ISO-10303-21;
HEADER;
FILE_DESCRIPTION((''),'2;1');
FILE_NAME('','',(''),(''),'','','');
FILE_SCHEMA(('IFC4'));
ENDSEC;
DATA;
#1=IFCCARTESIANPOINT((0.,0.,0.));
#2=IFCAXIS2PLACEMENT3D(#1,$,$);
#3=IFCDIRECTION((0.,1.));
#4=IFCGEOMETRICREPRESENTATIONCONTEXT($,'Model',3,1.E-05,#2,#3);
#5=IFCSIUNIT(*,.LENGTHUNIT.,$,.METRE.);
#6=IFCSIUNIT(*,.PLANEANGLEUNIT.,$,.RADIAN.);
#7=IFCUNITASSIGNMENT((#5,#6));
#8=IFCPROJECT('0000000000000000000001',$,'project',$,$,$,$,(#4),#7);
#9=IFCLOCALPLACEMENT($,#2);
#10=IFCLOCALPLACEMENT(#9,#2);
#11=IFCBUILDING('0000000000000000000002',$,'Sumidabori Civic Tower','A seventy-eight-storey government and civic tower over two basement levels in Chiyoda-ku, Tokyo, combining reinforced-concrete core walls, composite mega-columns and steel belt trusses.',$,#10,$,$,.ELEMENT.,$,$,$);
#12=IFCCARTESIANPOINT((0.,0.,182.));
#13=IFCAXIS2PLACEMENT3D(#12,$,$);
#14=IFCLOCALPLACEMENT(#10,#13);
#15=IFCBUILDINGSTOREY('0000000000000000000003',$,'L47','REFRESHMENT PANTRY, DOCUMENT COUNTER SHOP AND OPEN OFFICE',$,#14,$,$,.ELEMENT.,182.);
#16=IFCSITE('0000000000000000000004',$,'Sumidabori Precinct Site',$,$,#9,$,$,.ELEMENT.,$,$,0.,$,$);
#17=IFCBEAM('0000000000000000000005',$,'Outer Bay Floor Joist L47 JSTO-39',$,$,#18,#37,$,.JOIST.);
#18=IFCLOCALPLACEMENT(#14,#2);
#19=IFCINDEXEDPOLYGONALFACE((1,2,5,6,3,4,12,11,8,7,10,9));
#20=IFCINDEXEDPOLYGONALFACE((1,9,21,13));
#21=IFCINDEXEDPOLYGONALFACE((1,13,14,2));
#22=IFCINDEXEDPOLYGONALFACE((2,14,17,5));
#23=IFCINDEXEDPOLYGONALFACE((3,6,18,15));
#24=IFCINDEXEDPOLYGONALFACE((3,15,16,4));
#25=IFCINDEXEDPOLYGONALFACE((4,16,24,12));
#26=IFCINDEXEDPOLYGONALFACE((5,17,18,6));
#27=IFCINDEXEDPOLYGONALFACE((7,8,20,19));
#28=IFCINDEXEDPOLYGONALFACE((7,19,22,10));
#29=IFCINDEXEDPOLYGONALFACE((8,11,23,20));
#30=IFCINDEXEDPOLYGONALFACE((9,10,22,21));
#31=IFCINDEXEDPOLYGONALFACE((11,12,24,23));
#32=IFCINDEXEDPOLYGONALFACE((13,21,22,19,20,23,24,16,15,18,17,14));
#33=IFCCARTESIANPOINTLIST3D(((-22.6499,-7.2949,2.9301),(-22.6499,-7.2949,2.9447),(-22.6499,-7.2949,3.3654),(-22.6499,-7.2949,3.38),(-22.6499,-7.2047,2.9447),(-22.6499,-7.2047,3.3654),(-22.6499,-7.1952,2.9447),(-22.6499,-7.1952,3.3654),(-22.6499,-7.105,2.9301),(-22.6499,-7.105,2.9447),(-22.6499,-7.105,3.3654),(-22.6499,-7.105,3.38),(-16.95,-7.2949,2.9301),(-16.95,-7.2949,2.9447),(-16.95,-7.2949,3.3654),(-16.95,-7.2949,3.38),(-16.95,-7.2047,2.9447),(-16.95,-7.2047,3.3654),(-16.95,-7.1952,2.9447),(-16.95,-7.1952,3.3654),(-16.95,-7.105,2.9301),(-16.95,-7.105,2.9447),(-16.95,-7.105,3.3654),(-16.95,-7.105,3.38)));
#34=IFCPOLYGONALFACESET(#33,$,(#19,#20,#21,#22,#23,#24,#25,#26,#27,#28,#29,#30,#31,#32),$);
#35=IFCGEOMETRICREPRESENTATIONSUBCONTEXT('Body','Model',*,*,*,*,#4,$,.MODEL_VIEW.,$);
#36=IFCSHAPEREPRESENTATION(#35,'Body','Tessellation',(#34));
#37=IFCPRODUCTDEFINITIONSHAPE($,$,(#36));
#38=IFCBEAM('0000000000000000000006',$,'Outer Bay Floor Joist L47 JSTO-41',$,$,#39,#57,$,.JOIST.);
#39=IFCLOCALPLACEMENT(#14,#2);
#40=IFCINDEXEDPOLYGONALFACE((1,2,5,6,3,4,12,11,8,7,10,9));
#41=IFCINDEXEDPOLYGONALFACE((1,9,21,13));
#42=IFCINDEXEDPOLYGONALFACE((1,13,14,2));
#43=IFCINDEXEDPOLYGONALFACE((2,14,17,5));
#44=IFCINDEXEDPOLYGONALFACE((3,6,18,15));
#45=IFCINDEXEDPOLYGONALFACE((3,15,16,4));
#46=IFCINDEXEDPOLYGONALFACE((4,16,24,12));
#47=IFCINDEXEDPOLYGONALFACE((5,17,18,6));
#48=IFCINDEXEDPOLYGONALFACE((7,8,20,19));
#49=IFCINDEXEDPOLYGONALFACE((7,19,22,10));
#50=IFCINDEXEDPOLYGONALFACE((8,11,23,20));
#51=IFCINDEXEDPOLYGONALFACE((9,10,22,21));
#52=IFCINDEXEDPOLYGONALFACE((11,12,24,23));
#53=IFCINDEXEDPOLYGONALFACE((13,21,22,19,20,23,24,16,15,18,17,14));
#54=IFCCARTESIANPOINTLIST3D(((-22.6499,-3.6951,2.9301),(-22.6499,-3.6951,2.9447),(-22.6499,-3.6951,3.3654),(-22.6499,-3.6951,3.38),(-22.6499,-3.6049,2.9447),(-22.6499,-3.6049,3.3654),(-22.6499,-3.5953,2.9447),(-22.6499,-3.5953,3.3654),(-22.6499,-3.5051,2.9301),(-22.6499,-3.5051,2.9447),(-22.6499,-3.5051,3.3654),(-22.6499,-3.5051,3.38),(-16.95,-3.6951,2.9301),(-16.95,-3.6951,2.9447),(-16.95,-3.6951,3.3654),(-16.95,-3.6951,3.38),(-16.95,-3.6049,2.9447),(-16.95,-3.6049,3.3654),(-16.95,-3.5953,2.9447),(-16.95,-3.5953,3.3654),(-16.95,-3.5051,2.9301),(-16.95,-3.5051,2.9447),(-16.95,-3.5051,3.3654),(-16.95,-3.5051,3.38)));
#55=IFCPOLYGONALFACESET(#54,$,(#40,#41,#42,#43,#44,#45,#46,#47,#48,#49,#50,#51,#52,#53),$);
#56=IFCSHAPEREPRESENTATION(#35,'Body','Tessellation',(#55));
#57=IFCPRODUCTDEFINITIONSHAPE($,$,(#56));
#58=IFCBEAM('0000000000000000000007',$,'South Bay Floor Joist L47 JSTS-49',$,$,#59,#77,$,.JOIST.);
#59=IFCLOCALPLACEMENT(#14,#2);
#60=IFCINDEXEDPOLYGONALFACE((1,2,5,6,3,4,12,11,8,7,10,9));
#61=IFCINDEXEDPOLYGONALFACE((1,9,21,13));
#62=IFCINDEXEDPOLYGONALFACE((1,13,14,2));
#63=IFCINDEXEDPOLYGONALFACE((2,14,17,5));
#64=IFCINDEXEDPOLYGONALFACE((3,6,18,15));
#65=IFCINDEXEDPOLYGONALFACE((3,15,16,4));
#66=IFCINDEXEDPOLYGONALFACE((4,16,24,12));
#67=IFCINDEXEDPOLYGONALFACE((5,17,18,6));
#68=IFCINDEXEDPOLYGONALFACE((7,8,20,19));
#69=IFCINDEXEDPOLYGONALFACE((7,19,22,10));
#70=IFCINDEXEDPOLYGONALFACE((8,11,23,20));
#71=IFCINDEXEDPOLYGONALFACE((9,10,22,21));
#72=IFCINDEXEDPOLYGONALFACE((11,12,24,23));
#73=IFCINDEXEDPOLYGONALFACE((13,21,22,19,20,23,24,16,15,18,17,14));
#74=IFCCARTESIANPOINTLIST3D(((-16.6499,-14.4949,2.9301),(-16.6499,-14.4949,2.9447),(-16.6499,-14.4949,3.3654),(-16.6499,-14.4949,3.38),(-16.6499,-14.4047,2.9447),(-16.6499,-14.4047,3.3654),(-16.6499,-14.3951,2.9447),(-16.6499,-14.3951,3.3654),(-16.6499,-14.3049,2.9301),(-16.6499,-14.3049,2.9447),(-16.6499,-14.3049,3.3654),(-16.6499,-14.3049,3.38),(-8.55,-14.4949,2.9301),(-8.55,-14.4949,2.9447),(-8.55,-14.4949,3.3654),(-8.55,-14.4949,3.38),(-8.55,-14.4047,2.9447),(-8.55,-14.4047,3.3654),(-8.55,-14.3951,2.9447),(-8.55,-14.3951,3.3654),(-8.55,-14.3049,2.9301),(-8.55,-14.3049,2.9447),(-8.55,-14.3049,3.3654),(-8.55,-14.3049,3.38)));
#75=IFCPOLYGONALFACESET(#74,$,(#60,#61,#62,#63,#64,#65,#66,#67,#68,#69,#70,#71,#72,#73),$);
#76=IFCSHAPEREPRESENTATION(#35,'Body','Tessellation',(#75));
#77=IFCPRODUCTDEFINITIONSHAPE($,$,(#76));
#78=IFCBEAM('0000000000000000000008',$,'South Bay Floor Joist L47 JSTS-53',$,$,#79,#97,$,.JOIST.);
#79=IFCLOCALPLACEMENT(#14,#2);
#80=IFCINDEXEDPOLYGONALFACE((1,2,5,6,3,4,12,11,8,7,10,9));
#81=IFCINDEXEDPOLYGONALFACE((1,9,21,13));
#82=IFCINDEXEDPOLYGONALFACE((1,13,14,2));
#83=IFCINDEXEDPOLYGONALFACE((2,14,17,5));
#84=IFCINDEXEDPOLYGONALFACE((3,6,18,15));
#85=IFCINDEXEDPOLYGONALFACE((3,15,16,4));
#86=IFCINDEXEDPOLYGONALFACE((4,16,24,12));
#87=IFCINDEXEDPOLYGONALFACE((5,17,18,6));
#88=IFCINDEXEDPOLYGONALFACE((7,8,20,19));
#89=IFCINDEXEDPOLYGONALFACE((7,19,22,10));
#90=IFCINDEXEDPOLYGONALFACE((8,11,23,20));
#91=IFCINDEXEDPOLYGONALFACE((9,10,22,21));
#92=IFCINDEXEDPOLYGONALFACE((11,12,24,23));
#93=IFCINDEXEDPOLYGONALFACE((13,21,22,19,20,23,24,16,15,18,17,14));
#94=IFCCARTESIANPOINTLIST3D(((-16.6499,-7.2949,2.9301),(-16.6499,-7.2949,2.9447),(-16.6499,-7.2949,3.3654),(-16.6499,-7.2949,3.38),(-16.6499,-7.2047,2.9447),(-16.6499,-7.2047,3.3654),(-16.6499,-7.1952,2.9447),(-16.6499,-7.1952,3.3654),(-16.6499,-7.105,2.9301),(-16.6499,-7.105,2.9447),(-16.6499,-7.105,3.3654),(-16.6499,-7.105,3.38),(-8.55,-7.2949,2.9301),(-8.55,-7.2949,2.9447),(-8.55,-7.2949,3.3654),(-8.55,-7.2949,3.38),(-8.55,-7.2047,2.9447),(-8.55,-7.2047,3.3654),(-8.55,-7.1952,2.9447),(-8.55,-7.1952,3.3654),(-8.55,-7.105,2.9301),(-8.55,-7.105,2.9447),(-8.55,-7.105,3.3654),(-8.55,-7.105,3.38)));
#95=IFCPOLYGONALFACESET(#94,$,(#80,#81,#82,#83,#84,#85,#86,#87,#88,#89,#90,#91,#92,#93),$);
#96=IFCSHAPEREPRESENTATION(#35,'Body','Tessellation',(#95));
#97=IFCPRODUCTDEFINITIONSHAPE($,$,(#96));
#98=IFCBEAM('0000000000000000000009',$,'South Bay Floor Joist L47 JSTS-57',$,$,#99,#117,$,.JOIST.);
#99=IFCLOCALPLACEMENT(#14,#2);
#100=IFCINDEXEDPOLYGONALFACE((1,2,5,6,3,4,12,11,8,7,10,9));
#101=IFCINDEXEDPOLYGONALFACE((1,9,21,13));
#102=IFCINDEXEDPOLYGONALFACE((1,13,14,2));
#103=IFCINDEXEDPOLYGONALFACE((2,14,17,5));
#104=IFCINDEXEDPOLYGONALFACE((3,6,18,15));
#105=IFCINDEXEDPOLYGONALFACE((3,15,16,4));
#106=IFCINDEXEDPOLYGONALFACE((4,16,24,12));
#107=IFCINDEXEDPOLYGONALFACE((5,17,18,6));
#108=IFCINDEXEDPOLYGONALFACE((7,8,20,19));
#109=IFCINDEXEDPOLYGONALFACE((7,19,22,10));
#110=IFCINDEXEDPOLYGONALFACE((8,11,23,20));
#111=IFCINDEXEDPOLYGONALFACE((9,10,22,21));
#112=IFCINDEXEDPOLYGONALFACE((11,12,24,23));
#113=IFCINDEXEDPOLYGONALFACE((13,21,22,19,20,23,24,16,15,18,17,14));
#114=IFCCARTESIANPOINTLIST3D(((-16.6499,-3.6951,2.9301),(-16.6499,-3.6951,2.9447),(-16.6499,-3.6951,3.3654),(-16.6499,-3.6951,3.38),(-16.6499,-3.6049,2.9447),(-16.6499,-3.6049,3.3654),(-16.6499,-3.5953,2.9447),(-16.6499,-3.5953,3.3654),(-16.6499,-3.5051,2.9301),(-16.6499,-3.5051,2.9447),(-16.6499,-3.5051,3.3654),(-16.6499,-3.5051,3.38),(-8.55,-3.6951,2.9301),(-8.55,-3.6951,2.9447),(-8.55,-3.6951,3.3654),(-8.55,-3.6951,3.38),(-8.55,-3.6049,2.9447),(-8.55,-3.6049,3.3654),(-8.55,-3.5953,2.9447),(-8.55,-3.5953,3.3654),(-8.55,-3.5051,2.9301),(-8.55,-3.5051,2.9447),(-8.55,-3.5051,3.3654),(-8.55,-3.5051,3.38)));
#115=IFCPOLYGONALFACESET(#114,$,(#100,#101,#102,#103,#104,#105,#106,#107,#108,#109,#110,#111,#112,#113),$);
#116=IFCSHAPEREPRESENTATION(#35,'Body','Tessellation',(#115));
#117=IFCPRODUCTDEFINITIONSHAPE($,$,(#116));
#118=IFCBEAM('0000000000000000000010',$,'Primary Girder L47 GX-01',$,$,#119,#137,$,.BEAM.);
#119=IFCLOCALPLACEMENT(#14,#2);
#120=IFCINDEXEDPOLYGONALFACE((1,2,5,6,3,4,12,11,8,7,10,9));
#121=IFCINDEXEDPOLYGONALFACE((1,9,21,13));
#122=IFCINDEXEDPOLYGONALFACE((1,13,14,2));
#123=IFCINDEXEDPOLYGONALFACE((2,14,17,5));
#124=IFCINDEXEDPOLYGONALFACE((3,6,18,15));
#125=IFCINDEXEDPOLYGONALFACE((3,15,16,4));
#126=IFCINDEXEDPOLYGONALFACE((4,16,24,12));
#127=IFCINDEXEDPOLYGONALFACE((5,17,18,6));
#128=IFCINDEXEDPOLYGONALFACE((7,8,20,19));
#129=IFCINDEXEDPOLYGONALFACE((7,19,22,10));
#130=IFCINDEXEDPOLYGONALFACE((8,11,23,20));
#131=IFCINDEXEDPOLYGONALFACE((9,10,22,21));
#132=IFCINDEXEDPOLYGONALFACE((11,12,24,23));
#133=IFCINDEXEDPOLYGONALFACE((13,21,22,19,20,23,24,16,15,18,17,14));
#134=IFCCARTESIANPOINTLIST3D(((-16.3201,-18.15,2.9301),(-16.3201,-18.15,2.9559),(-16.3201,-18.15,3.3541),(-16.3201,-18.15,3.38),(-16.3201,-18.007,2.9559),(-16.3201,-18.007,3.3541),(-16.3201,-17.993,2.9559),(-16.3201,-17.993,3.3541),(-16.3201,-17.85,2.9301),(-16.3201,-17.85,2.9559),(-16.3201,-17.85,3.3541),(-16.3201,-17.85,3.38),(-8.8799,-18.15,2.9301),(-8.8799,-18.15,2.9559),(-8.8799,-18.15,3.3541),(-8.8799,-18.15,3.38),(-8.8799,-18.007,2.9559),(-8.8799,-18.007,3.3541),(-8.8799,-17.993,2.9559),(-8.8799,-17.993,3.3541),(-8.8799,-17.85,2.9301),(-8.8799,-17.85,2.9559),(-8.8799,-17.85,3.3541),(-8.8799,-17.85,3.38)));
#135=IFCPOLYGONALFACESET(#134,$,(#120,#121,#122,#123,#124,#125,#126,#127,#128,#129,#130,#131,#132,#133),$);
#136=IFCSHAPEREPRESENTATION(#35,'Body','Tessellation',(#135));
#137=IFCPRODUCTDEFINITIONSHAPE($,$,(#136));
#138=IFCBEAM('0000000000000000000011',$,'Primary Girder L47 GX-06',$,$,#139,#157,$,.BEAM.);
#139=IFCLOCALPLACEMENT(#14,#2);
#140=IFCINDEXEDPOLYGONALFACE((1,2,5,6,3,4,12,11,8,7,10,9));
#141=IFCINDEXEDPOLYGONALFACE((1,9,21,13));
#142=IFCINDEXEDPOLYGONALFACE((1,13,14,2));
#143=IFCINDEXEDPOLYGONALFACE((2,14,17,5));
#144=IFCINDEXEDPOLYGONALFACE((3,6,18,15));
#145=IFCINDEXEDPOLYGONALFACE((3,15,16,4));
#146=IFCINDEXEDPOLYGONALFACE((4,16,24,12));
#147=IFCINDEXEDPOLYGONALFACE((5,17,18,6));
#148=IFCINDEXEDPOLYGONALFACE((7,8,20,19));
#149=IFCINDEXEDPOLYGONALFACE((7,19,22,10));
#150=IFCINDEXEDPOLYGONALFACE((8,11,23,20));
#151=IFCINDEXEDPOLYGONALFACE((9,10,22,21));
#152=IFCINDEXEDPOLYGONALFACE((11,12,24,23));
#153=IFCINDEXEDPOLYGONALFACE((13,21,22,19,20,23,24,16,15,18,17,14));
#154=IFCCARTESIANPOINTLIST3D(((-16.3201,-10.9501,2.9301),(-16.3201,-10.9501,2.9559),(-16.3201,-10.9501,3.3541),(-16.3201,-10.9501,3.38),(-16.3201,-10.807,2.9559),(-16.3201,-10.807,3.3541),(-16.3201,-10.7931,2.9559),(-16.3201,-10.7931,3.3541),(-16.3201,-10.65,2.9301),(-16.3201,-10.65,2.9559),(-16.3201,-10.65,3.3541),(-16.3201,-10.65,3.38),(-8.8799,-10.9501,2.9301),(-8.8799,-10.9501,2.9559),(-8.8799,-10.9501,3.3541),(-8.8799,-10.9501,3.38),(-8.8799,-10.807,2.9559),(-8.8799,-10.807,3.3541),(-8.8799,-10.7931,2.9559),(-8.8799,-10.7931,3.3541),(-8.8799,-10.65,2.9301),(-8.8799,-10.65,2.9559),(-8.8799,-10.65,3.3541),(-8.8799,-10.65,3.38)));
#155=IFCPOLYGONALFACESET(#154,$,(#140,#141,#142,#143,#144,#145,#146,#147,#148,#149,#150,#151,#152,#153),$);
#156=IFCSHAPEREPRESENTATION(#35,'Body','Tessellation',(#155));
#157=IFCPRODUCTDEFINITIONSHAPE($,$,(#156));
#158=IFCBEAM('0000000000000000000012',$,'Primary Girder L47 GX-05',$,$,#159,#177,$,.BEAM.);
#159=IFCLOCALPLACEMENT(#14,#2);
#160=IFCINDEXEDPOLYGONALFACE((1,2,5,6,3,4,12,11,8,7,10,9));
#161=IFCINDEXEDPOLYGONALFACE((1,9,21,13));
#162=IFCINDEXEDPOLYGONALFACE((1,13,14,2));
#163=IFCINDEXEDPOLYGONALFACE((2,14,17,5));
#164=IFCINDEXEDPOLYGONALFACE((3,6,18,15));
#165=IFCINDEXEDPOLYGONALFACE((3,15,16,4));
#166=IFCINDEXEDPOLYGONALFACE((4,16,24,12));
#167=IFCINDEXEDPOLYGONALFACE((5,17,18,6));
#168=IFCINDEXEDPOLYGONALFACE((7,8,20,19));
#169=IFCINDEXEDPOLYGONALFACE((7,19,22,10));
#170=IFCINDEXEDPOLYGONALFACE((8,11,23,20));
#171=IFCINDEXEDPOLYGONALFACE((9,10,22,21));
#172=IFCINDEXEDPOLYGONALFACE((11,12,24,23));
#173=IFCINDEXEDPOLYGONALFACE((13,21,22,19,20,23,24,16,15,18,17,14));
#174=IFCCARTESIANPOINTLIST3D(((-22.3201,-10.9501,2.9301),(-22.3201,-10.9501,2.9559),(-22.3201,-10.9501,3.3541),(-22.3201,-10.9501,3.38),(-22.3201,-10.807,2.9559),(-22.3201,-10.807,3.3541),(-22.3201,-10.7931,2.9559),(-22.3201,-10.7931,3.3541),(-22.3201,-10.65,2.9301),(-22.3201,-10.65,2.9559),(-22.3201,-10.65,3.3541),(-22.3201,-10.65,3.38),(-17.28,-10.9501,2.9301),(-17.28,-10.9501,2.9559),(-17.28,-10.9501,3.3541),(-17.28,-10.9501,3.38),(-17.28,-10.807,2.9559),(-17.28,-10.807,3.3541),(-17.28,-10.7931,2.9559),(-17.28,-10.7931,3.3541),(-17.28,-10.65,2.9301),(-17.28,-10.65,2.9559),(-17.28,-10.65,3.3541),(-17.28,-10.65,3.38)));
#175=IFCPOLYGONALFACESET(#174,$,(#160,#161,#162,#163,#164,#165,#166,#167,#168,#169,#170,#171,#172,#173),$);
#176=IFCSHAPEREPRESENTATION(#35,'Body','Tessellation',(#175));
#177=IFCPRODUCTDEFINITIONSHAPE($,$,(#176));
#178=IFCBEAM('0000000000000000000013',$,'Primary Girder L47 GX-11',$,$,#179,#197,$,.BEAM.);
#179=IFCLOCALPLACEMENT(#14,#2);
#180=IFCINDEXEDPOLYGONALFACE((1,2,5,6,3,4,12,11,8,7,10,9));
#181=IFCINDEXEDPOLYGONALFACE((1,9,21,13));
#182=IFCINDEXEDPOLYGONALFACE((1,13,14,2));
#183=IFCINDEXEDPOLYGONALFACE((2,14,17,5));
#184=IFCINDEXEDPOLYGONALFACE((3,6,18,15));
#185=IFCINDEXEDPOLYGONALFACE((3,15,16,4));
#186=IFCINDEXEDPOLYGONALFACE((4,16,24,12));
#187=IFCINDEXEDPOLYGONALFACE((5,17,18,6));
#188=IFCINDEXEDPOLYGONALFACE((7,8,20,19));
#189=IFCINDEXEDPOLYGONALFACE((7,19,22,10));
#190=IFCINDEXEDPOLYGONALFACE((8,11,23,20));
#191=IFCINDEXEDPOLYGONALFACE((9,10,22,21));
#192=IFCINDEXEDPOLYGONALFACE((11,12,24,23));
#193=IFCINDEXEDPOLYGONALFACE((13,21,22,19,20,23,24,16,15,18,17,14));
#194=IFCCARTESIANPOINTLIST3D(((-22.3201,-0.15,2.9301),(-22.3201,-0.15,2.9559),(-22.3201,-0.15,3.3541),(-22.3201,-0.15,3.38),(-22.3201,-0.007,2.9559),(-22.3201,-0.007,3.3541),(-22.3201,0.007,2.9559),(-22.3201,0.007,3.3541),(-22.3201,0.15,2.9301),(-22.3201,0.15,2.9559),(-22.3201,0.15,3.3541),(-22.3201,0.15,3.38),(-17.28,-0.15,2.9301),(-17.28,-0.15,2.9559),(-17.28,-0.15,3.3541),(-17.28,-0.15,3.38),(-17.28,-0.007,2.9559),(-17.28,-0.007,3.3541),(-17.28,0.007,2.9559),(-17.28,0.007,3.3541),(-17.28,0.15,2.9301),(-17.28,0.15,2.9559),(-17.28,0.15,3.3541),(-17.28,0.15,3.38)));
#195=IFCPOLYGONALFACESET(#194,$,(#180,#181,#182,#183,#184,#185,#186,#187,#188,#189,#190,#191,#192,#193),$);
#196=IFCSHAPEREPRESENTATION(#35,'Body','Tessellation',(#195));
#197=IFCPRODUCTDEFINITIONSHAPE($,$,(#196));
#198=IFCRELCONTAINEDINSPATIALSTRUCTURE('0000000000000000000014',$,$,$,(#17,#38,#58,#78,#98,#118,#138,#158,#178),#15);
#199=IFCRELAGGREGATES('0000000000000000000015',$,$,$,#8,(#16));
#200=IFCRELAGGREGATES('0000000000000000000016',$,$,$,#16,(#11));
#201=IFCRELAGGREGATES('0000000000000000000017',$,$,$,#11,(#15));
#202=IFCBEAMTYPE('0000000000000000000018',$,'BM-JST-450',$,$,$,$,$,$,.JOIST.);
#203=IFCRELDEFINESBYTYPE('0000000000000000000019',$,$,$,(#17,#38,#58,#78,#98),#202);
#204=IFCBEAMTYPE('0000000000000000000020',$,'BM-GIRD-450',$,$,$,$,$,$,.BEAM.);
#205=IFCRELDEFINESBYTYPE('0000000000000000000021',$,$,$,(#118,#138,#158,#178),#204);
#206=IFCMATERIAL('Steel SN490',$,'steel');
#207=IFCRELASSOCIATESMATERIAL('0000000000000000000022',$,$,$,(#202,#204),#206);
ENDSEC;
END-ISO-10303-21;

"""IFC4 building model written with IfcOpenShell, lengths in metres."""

from ifc_helpers import new_model, si_unit, direction, frame, origin, origin_2d, place, context, subcontext, project, spatial, i_section, extrude, source, transform, mapped, material, material_profile, profile_set, type_object, element, save


model = new_model("IFC4")

# Units and contexts
model_context = context("Model", 3, precision=1e-05, world=origin(), true_north=direction((0.0, 1.0)))
body_context = subcontext(model_context, "Body", "Model", "MODEL_VIEW")
ifc_project = project(units=[si_unit("LENGTHUNIT", "METRE"), si_unit("PLANEANGLEUNIT", "RADIAN")], contexts=[model_context])

# Site, building, storey
site_placement = place(None, origin())
site = spatial("IfcSite", under=ifc_project, at=site_placement, Name="Sumidabori Precinct Site", CompositionType="ELEMENT", RefElevation=0.0)
building_placement = place(site_placement, origin())
building = spatial("IfcBuilding", under=site, at=building_placement, Name="Sumidabori Civic Tower", Description="A seventy-eight-storey government and civic tower over two basement levels in Chiyoda-ku, Tokyo, combining reinforced-concrete core walls, composite mega-columns and steel belt trusses.", CompositionType="ELEMENT")
storey_placement = place(building_placement, frame((0.0, 0.0, 182.0)))
storey = spatial("IfcBuildingStorey", under=building, at=storey_placement, Name="L47", Description="REFRESHMENT PANTRY, DOCUMENT COUNTER SHOP AND OPEN OFFICE", CompositionType="ELEMENT", Elevation=182.0)

# Beams
ifc_material_1 = material(Name="Steel SN490", Category="steel")
ifc_material_profile_1 = material_profile(ifc_material_1, i_section(OverallWidth=0.1899, OverallDepth=0.45, WebThickness=0.0095, FlangeThickness=0.0146, at=origin_2d()), Name="IPE 450")
ifc_profile_set_1 = profile_set([ifc_material_profile_1], Name="Steel SN490")
beam_type_1 = type_object("IfcBeamType", Name="BM-JST-450", PredefinedType="JOIST", material=ifc_profile_set_1)
shared_shape_1 = source(origin(), body_context, "Body", "SweptSolid", [
    extrude(i_section(OverallWidth=0.1899, OverallDepth=0.45, WebThickness=0.0095, FlangeThickness=0.0146, at=origin_2d()), origin(), (0.0, 0.0, 1.0), 5.7),
])
for number, where, z_axis, x_axis, name in (
    (1, (-22.6499, -7.2, 3.155), (1.0, 0.0, 0.0), (0.0, 1.0, 0.0), "Outer Bay Floor Joist L47 JSTO-39"),
    (2, (-22.6499, -3.6001, 3.155), (1.0, 0.0, 0.0), (0.0, 1.0, 0.0), "Outer Bay Floor Joist L47 JSTO-41"),
):
    element("IfcBeam", number, at=place(storey_placement, frame(where, z_axis=z_axis, x_axis=x_axis)), inside=storey, type_object=beam_type_1, Name=name, PredefinedType="JOIST", context=body_context, shape_type="MappedRepresentation", body=[
        mapped(shared_shape_1, transform((0.0, 0.0, 0.0), x_axis=(1.0, 0.0, 0.0), y_axis=(0.0, 1.0, 0.0), z_axis=(0.0, 0.0, 1.0), scale=1.0)),
    ])
shared_shape_2 = source(origin(), body_context, "Body", "SweptSolid", [
    extrude(i_section(OverallWidth=0.1899, OverallDepth=0.45, WebThickness=0.0095, FlangeThickness=0.0146, at=origin_2d()), origin(), (0.0, 0.0, 1.0), 8.0999),
])
for number, where, z_axis, x_axis, name in (
    (3, (-16.6499, -14.3999, 3.155), (1.0, 0.0, 0.0), (0.0, 1.0, 0.0), "South Bay Floor Joist L47 JSTS-49"),
    (4, (-16.6499, -7.2, 3.155), (1.0, 0.0, 0.0), (0.0, 1.0, 0.0), "South Bay Floor Joist L47 JSTS-53"),
    (5, (-16.6499, -3.6001, 3.155), (1.0, 0.0, 0.0), (0.0, 1.0, 0.0), "South Bay Floor Joist L47 JSTS-57"),
):
    element("IfcBeam", number, at=place(storey_placement, frame(where, z_axis=z_axis, x_axis=x_axis)), inside=storey, type_object=beam_type_1, Name=name, PredefinedType="JOIST", context=body_context, shape_type="MappedRepresentation", body=[
        mapped(shared_shape_2, transform((0.0, 0.0, 0.0), x_axis=(1.0, 0.0, 0.0), y_axis=(0.0, 1.0, 0.0), z_axis=(0.0, 0.0, 1.0), scale=1.0)),
    ])
ifc_material_profile_2 = material_profile(ifc_material_1, i_section(OverallWidth=0.3, OverallDepth=0.45, WebThickness=0.0139, FlangeThickness=0.0259, at=origin_2d()), Name="HE 450 B")
ifc_profile_set_2 = profile_set([ifc_material_profile_2], Name="Steel SN490")
beam_type_2 = type_object("IfcBeamType", Name="BM-GIRD-450", PredefinedType="BEAM", material=ifc_profile_set_2)
shared_shape_3 = source(origin(), body_context, "Body", "SweptSolid", [
    extrude(i_section(OverallWidth=0.3, OverallDepth=0.45, WebThickness=0.0139, FlangeThickness=0.0259, at=origin_2d()), origin(), (0.0, 0.0, 1.0), 7.4402),
])
for number, where, z_axis, x_axis, name in (
    (6, (-16.3201, -18.0, 3.155), (1.0, 0.0, 0.0), (0.0, 1.0, 0.0), "Primary Girder L47 GX-01"),
    (7, (-16.3201, -10.8, 3.155), (1.0, 0.0, 0.0), (0.0, 1.0, 0.0), "Primary Girder L47 GX-06"),
):
    element("IfcBeam", number, at=place(storey_placement, frame(where, z_axis=z_axis, x_axis=x_axis)), inside=storey, type_object=beam_type_2, Name=name, PredefinedType="BEAM", context=body_context, shape_type="MappedRepresentation", body=[
        mapped(shared_shape_3, transform((0.0, 0.0, 0.0), x_axis=(1.0, 0.0, 0.0), y_axis=(0.0, 1.0, 0.0), z_axis=(0.0, 0.0, 1.0), scale=1.0)),
    ])
shared_shape_4 = source(origin(), body_context, "Body", "SweptSolid", [
    extrude(i_section(OverallWidth=0.3, OverallDepth=0.45, WebThickness=0.0139, FlangeThickness=0.0259, at=origin_2d()), origin(), (0.0, 0.0, 1.0), 5.04),
])
for number, where, z_axis, x_axis, name in (
    (8, (-22.3201, -10.8, 3.155), (1.0, 0.0, 0.0), (0.0, 1.0, 0.0), "Primary Girder L47 GX-05"),
    (9, (-22.3201, 0.0, 3.155), (1.0, 0.0, 0.0), (0.0, 1.0, 0.0), "Primary Girder L47 GX-11"),
):
    element("IfcBeam", number, at=place(storey_placement, frame(where, z_axis=z_axis, x_axis=x_axis)), inside=storey, type_object=beam_type_2, Name=name, PredefinedType="BEAM", context=body_context, shape_type="MappedRepresentation", body=[
        mapped(shared_shape_4, transform((0.0, 0.0, 0.0), x_axis=(1.0, 0.0, 0.0), y_axis=(0.0, 1.0, 0.0), z_axis=(0.0, 0.0, 1.0), scale=1.0)),
    ])

save(model, "model.ifc")
